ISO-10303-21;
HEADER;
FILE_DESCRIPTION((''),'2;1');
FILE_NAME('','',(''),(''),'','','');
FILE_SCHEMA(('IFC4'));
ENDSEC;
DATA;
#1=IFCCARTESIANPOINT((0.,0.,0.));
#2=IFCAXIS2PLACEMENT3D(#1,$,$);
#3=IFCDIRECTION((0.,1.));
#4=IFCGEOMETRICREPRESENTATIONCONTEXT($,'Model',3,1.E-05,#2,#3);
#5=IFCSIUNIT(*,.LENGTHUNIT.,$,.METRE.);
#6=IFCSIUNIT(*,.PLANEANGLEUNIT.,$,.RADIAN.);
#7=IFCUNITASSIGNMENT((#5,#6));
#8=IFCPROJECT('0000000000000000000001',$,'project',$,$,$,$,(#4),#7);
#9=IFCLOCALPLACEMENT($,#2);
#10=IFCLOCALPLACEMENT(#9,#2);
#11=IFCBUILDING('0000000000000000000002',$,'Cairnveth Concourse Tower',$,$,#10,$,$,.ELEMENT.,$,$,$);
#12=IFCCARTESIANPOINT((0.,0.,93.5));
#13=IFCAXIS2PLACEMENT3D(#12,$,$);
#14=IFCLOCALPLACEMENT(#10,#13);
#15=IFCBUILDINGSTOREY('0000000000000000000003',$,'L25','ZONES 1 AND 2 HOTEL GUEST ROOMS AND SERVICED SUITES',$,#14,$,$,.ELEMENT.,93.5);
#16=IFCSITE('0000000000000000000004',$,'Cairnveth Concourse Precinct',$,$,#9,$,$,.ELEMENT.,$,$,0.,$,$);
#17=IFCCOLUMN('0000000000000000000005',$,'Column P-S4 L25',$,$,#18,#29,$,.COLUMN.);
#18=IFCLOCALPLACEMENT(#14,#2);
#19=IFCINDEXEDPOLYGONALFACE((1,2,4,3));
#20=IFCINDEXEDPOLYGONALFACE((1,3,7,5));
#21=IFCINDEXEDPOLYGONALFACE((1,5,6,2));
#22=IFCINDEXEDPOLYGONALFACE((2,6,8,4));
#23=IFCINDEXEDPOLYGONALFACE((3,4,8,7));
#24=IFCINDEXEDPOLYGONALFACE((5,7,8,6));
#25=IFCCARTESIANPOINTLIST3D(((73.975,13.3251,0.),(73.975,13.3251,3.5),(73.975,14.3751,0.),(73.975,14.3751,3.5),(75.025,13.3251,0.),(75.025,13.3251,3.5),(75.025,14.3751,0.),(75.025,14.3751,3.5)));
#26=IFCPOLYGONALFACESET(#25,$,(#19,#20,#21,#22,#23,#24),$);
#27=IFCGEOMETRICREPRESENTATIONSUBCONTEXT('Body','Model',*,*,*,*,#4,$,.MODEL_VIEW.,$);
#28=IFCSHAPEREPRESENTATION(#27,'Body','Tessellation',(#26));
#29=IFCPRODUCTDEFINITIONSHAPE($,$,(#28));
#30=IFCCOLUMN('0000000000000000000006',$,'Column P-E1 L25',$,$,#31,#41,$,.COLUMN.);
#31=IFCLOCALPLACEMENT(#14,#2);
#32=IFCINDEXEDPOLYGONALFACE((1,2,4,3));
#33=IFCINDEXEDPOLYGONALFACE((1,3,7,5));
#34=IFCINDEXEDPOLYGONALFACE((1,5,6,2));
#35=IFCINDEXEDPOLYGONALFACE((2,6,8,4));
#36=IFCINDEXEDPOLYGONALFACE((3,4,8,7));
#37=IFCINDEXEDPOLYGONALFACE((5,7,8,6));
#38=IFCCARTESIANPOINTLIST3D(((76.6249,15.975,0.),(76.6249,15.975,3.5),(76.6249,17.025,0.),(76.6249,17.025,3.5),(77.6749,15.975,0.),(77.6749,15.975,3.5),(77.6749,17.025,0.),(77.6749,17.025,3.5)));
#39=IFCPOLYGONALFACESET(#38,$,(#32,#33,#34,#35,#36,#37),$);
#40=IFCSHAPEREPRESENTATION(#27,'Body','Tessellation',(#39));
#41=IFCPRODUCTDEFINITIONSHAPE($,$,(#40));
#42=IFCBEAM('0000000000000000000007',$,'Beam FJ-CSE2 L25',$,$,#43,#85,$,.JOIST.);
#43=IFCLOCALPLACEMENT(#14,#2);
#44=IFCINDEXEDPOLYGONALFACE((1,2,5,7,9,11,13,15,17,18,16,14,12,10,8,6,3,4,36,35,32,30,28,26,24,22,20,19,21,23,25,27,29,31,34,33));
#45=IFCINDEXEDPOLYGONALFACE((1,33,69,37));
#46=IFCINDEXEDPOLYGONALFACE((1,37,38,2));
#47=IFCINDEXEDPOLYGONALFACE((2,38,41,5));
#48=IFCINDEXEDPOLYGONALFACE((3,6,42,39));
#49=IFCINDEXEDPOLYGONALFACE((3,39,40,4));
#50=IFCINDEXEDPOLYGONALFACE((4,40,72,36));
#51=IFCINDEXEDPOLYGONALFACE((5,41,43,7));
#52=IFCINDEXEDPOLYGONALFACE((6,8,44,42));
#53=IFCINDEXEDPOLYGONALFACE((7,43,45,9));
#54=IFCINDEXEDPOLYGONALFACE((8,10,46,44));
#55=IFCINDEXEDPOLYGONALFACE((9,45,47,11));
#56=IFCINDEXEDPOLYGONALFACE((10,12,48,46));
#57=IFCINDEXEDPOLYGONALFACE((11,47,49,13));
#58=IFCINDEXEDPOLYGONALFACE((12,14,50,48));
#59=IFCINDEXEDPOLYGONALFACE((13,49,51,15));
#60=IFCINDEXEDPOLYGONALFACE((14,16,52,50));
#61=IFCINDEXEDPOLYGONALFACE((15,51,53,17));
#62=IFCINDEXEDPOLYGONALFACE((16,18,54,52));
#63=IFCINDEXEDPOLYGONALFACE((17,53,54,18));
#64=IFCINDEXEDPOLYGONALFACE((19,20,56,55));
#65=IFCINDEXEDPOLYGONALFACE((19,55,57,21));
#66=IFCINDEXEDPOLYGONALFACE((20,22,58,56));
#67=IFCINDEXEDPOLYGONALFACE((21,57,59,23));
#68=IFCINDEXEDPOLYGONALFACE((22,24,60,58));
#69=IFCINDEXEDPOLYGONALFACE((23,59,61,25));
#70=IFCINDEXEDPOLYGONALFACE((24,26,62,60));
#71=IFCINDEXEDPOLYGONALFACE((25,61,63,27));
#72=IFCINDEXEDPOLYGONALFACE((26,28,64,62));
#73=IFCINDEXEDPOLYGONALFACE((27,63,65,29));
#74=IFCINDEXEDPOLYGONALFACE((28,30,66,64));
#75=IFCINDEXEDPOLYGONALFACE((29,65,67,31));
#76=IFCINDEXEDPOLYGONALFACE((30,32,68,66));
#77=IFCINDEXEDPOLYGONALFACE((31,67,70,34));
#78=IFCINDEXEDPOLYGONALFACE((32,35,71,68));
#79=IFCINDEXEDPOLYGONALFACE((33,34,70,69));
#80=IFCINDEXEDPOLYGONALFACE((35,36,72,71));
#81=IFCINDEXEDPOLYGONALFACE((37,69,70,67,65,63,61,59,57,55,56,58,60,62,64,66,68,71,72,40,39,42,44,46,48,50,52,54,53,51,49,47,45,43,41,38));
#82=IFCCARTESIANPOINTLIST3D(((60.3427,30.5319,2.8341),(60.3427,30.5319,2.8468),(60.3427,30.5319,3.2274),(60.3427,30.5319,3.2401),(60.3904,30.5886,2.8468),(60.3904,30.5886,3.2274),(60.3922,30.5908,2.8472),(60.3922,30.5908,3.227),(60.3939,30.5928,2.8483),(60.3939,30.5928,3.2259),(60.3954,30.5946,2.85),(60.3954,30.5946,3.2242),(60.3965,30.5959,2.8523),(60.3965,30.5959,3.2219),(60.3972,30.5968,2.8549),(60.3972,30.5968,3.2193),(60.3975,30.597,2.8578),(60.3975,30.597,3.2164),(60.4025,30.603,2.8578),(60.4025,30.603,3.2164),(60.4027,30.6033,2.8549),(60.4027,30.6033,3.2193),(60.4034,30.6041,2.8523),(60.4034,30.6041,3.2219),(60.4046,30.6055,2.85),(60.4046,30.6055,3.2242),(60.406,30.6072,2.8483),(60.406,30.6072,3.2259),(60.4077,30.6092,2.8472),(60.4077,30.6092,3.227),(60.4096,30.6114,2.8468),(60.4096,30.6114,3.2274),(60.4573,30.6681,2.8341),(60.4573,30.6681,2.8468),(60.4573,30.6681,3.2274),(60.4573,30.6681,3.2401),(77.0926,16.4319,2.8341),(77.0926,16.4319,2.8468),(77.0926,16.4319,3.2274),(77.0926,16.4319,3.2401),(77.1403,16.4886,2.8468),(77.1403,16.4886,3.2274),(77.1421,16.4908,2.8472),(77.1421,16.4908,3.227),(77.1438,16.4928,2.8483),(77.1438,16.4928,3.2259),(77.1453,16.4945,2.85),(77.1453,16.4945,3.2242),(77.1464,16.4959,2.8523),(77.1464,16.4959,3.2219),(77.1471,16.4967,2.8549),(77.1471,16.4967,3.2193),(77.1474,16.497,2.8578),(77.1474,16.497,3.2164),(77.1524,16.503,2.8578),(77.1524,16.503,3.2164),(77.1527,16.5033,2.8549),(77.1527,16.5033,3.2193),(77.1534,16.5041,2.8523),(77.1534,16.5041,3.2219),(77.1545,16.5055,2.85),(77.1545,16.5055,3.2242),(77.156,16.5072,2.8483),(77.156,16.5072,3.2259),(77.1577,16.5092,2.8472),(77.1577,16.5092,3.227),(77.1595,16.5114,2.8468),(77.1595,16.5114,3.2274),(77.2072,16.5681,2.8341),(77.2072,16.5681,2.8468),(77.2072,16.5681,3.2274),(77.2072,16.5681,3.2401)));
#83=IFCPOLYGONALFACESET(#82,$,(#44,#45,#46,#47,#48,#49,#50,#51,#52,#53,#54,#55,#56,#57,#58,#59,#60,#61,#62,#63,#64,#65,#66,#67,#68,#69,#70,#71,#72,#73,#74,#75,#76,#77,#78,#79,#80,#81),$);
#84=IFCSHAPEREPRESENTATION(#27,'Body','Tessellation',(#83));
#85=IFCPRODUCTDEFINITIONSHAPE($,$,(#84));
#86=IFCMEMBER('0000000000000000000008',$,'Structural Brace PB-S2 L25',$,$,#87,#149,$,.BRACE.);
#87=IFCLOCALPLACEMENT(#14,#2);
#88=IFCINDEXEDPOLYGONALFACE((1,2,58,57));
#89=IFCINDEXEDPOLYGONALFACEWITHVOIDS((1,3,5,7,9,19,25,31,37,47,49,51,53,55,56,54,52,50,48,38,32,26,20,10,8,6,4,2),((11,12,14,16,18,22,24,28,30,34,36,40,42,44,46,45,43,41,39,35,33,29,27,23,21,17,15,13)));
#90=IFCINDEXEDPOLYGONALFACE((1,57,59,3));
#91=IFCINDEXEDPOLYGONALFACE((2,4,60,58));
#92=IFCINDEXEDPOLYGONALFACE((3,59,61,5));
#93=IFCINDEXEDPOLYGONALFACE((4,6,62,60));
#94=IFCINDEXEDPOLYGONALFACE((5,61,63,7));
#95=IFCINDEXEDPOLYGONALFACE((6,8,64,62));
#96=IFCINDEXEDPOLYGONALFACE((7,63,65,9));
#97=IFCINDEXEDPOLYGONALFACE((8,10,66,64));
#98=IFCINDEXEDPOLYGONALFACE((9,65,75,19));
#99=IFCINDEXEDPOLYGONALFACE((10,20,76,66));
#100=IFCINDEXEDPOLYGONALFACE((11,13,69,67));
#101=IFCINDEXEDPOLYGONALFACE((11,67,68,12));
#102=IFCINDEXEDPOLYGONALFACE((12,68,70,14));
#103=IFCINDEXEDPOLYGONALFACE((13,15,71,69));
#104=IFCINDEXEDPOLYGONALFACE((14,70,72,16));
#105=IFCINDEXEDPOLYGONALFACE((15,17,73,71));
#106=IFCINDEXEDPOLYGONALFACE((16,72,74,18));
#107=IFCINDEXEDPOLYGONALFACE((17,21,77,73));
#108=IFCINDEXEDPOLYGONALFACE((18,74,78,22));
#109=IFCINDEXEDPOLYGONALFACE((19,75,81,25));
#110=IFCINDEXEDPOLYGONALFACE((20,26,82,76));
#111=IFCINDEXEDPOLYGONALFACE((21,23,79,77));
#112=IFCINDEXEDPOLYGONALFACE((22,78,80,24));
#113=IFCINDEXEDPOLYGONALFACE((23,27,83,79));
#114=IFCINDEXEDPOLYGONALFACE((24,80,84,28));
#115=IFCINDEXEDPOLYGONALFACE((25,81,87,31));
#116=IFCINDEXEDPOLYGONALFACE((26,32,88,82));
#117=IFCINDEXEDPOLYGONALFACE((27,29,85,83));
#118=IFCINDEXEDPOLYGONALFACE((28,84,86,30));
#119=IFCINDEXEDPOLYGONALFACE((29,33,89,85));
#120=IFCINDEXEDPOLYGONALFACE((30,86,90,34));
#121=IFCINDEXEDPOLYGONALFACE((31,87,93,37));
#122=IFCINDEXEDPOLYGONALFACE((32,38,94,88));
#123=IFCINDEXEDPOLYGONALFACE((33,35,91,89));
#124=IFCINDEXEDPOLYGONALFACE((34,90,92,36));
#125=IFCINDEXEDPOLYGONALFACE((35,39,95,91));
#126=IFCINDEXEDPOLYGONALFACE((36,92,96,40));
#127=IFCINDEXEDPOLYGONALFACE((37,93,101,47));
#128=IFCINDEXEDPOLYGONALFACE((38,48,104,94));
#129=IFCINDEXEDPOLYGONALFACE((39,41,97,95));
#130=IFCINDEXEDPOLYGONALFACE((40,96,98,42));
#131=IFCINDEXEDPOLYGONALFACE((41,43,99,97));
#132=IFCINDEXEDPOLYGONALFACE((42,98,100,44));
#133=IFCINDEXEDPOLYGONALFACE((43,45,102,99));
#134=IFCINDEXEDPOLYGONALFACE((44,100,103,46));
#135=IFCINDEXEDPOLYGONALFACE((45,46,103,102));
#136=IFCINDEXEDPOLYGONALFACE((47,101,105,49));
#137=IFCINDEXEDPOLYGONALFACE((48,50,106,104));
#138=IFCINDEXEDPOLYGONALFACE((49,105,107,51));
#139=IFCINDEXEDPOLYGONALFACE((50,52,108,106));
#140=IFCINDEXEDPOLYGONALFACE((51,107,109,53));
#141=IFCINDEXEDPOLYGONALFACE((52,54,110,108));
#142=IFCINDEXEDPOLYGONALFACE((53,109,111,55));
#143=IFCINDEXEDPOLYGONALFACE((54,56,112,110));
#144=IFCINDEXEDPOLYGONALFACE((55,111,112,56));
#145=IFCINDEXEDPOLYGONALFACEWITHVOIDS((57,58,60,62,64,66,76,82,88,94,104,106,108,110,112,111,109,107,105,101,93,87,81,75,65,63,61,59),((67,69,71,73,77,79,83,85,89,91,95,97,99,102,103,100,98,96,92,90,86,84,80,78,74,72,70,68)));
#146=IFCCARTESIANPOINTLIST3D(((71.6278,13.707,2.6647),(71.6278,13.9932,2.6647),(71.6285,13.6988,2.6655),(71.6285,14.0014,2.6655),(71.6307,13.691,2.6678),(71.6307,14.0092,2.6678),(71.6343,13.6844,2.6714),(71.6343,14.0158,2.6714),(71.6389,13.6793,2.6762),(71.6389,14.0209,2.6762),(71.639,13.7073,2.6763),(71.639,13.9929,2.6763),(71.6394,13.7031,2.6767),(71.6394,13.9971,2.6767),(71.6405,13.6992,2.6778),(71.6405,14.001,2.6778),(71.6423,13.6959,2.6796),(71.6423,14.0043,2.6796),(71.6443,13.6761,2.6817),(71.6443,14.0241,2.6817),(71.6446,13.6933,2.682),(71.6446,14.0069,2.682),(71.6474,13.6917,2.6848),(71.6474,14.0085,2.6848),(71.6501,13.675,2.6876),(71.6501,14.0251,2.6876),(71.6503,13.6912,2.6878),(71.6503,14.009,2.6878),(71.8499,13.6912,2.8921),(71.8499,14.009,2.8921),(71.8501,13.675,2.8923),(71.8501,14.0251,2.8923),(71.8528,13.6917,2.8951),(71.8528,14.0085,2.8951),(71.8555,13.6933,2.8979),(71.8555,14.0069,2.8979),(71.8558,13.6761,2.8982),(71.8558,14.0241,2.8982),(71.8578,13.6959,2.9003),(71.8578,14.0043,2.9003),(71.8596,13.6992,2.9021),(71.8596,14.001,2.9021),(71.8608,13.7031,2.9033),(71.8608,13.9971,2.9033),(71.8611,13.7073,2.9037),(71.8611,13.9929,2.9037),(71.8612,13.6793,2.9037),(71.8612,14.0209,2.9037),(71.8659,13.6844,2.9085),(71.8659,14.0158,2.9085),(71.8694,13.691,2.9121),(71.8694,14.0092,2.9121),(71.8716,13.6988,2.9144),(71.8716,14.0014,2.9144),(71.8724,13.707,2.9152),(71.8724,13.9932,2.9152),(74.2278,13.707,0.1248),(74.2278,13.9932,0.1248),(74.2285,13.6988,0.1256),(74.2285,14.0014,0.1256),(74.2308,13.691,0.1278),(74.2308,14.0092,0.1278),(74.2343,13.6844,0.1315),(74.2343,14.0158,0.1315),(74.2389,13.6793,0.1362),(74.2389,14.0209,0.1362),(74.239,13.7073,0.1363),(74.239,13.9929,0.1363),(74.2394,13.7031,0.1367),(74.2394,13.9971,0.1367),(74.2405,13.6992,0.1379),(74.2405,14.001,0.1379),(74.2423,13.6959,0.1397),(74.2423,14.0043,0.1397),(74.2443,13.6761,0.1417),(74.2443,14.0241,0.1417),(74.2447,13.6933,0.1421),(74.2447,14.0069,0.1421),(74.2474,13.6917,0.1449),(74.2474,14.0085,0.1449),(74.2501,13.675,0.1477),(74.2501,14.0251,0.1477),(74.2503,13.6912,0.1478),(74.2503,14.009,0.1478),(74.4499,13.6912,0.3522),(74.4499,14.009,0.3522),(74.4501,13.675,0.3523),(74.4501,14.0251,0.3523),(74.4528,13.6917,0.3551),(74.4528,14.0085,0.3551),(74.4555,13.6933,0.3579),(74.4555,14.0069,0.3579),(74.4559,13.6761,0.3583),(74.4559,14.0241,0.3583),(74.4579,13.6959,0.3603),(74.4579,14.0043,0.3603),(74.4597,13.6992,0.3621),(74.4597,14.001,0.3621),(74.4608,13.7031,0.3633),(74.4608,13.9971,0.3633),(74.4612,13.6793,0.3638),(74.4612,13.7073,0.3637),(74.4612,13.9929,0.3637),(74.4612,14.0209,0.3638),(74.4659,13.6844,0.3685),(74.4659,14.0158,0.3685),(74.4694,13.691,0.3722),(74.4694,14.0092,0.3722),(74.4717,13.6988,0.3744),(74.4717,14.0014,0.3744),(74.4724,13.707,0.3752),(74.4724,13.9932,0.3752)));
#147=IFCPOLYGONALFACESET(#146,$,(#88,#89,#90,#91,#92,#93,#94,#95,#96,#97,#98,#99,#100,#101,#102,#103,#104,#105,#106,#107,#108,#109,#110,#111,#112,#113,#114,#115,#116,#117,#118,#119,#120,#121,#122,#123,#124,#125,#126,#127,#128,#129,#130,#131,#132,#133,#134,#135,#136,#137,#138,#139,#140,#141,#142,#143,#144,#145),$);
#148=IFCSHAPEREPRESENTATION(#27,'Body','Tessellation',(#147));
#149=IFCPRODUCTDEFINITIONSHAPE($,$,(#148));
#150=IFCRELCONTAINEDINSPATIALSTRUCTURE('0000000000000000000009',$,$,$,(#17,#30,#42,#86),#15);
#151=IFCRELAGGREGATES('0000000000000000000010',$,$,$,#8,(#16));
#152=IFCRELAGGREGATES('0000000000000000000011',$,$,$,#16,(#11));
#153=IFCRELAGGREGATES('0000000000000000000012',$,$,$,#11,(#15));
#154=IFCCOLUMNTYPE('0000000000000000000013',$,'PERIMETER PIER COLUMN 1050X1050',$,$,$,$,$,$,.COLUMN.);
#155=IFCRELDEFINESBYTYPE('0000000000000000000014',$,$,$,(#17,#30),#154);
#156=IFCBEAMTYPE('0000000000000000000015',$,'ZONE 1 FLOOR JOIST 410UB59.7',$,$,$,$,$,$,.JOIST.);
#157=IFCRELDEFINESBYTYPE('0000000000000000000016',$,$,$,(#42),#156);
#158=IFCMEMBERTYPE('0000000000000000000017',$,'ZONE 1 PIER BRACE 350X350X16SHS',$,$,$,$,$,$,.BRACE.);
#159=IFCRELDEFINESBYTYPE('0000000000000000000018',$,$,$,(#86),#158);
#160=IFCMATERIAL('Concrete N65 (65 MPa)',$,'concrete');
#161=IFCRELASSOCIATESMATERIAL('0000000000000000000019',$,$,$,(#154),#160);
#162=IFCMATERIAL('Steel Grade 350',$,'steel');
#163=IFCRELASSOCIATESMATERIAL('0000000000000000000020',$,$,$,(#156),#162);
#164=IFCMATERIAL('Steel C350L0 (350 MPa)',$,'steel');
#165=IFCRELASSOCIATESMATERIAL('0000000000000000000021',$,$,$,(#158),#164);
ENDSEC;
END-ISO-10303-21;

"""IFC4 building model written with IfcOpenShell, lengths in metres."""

from ifc_helpers import new_model, si_unit, direction, frame, origin, origin_2d, place, context, subcontext, project, spatial, rectangle, hollow_rectangle, i_section, extrude, material, material_profile, profile_set, type_object, element, save


model = new_model("IFC4")

# Units and contexts
model_context = context("Model", 3, precision=1e-05, world=origin(), true_north=direction((0.0, 1.0)))
body_context = subcontext(model_context, "Body", "Model", "MODEL_VIEW")
ifc_project = project(units=[si_unit("LENGTHUNIT", "METRE"), si_unit("PLANEANGLEUNIT", "RADIAN")], contexts=[model_context])

# Site, building, storey
site_placement = place(None, origin())
site = spatial("IfcSite", under=ifc_project, at=site_placement, Name="Cairnveth Concourse Precinct", CompositionType="ELEMENT", RefElevation=0.0)
building_placement = place(site_placement, origin())
building = spatial("IfcBuilding", under=site, at=building_placement, Name="Cairnveth Concourse Tower", CompositionType="ELEMENT")
storey_placement = place(building_placement, frame((0.0, 0.0, 93.5)))
storey = spatial("IfcBuildingStorey", under=building, at=storey_placement, Name="L25", Description="ZONES 1 AND 2 HOTEL GUEST ROOMS AND SERVICED SUITES", CompositionType="ELEMENT", Elevation=93.5)

# Columns
ifc_material_1 = material(Name="Concrete N65 (65 MPa)", Category="concrete")
ifc_material_profile_1 = material_profile(ifc_material_1, rectangle(XDim=1.05, YDim=1.05, at=origin_2d()), Name="RC-COL-1050x1050")
ifc_profile_set_1 = profile_set([ifc_material_profile_1], Name="Concrete N65 (65 MPa)")
column_type = type_object("IfcColumnType", Name="PERIMETER PIER COLUMN 1050X1050", PredefinedType="COLUMN", material=ifc_profile_set_1)
for number, where, z_axis, x_axis, name in (
    (1, (74.5, 13.8501, 0.0), (0.0, 0.0, 1.0), (1.0, 0.0, 0.0), "Column P-S4 L25"),
    (2, (77.1499, 16.5, 0.0), (0.0, 0.0, 1.0), (0.0, 1.0, 0.0), "Column P-E1 L25"),
):
    element("IfcColumn", number, at=place(storey_placement, frame(where, z_axis=z_axis, x_axis=x_axis)), inside=storey, type_object=column_type, Name=name, PredefinedType="COLUMN", context=body_context, shape_type="SweptSolid", body=[
        extrude(rectangle(XDim=1.05, YDim=1.05, at=origin_2d()), origin(), (0.0, 0.0, 1.0), 3.5),
    ])

# Beam
ifc_material_2 = material(Name="Steel Grade 350", Category="steel")
ifc_material_profile_2 = material_profile(ifc_material_2, i_section(OverallWidth=0.178, OverallDepth=0.406, WebThickness=0.0078, FlangeThickness=0.0127, FilletRadius=0.011, at=origin_2d()), Name="410UB59.7")
ifc_profile_set_2 = profile_set([ifc_material_profile_2], Name="Steel Grade 350")
beam_type_1 = type_object("IfcBeamType", Name="ZONE 1 FLOOR JOIST 410UB59.7", PredefinedType="JOIST", material=ifc_profile_set_2)
beam_1_placement = place(storey_placement, frame((77.1499, 16.5, 3.0371), z_axis=(-0.765027, 0.643998, 0.0), x_axis=(-0.643998, -0.765027, 0.0)))
element("IfcBeam", 3, at=beam_1_placement, inside=storey, type_object=beam_type_1, Name="Beam FJ-CSE2 L25", PredefinedType="JOIST", context=body_context, shape_type="SweptSolid", body=[
    extrude(i_section(OverallWidth=0.178, OverallDepth=0.406, WebThickness=0.0078, FlangeThickness=0.0127, FilletRadius=0.011, at=origin_2d()), origin(), (0.0, 0.0, 1.0), 21.8945),
])

# Member
ifc_material_3 = material(Name="Steel C350L0 (350 MPa)", Category="steel")
ifc_material_profile_3 = material_profile(ifc_material_3, hollow_rectangle(XDim=0.3501, YDim=0.3501, WallThickness=0.0161, InnerFilletRadius=0.0161, OuterFilletRadius=0.032, at=origin_2d()), Name="350x350x16.0SHS")
ifc_profile_set_3 = profile_set([ifc_material_profile_3], Name="Steel C350L0 (350 MPa)")
member_type = type_object("IfcMemberType", Name="ZONE 1 PIER BRACE 350X350X16SHS", PredefinedType="BRACE", material=ifc_profile_set_3)
for number, where, z_axis, x_axis, name in (
    (4, (74.3501, 13.8501, 0.25), (-0.71532, 0.0, 0.698797), (0.0, -1.0, 0.0), "Structural Brace PB-S2 L25"),
):
    element("IfcMember", number, at=place(storey_placement, frame(where, z_axis=z_axis, x_axis=x_axis)), inside=storey, type_object=member_type, Name=name, PredefinedType="BRACE", context=body_context, shape_type="SweptSolid", body=[
        extrude(hollow_rectangle(XDim=0.3501, YDim=0.3501, WallThickness=0.0161, InnerFilletRadius=0.0161, OuterFilletRadius=0.032, at=origin_2d()), origin(), (0.0, 0.0, 1.0), 3.6348),
    ])

save(model, "model.ifc")
